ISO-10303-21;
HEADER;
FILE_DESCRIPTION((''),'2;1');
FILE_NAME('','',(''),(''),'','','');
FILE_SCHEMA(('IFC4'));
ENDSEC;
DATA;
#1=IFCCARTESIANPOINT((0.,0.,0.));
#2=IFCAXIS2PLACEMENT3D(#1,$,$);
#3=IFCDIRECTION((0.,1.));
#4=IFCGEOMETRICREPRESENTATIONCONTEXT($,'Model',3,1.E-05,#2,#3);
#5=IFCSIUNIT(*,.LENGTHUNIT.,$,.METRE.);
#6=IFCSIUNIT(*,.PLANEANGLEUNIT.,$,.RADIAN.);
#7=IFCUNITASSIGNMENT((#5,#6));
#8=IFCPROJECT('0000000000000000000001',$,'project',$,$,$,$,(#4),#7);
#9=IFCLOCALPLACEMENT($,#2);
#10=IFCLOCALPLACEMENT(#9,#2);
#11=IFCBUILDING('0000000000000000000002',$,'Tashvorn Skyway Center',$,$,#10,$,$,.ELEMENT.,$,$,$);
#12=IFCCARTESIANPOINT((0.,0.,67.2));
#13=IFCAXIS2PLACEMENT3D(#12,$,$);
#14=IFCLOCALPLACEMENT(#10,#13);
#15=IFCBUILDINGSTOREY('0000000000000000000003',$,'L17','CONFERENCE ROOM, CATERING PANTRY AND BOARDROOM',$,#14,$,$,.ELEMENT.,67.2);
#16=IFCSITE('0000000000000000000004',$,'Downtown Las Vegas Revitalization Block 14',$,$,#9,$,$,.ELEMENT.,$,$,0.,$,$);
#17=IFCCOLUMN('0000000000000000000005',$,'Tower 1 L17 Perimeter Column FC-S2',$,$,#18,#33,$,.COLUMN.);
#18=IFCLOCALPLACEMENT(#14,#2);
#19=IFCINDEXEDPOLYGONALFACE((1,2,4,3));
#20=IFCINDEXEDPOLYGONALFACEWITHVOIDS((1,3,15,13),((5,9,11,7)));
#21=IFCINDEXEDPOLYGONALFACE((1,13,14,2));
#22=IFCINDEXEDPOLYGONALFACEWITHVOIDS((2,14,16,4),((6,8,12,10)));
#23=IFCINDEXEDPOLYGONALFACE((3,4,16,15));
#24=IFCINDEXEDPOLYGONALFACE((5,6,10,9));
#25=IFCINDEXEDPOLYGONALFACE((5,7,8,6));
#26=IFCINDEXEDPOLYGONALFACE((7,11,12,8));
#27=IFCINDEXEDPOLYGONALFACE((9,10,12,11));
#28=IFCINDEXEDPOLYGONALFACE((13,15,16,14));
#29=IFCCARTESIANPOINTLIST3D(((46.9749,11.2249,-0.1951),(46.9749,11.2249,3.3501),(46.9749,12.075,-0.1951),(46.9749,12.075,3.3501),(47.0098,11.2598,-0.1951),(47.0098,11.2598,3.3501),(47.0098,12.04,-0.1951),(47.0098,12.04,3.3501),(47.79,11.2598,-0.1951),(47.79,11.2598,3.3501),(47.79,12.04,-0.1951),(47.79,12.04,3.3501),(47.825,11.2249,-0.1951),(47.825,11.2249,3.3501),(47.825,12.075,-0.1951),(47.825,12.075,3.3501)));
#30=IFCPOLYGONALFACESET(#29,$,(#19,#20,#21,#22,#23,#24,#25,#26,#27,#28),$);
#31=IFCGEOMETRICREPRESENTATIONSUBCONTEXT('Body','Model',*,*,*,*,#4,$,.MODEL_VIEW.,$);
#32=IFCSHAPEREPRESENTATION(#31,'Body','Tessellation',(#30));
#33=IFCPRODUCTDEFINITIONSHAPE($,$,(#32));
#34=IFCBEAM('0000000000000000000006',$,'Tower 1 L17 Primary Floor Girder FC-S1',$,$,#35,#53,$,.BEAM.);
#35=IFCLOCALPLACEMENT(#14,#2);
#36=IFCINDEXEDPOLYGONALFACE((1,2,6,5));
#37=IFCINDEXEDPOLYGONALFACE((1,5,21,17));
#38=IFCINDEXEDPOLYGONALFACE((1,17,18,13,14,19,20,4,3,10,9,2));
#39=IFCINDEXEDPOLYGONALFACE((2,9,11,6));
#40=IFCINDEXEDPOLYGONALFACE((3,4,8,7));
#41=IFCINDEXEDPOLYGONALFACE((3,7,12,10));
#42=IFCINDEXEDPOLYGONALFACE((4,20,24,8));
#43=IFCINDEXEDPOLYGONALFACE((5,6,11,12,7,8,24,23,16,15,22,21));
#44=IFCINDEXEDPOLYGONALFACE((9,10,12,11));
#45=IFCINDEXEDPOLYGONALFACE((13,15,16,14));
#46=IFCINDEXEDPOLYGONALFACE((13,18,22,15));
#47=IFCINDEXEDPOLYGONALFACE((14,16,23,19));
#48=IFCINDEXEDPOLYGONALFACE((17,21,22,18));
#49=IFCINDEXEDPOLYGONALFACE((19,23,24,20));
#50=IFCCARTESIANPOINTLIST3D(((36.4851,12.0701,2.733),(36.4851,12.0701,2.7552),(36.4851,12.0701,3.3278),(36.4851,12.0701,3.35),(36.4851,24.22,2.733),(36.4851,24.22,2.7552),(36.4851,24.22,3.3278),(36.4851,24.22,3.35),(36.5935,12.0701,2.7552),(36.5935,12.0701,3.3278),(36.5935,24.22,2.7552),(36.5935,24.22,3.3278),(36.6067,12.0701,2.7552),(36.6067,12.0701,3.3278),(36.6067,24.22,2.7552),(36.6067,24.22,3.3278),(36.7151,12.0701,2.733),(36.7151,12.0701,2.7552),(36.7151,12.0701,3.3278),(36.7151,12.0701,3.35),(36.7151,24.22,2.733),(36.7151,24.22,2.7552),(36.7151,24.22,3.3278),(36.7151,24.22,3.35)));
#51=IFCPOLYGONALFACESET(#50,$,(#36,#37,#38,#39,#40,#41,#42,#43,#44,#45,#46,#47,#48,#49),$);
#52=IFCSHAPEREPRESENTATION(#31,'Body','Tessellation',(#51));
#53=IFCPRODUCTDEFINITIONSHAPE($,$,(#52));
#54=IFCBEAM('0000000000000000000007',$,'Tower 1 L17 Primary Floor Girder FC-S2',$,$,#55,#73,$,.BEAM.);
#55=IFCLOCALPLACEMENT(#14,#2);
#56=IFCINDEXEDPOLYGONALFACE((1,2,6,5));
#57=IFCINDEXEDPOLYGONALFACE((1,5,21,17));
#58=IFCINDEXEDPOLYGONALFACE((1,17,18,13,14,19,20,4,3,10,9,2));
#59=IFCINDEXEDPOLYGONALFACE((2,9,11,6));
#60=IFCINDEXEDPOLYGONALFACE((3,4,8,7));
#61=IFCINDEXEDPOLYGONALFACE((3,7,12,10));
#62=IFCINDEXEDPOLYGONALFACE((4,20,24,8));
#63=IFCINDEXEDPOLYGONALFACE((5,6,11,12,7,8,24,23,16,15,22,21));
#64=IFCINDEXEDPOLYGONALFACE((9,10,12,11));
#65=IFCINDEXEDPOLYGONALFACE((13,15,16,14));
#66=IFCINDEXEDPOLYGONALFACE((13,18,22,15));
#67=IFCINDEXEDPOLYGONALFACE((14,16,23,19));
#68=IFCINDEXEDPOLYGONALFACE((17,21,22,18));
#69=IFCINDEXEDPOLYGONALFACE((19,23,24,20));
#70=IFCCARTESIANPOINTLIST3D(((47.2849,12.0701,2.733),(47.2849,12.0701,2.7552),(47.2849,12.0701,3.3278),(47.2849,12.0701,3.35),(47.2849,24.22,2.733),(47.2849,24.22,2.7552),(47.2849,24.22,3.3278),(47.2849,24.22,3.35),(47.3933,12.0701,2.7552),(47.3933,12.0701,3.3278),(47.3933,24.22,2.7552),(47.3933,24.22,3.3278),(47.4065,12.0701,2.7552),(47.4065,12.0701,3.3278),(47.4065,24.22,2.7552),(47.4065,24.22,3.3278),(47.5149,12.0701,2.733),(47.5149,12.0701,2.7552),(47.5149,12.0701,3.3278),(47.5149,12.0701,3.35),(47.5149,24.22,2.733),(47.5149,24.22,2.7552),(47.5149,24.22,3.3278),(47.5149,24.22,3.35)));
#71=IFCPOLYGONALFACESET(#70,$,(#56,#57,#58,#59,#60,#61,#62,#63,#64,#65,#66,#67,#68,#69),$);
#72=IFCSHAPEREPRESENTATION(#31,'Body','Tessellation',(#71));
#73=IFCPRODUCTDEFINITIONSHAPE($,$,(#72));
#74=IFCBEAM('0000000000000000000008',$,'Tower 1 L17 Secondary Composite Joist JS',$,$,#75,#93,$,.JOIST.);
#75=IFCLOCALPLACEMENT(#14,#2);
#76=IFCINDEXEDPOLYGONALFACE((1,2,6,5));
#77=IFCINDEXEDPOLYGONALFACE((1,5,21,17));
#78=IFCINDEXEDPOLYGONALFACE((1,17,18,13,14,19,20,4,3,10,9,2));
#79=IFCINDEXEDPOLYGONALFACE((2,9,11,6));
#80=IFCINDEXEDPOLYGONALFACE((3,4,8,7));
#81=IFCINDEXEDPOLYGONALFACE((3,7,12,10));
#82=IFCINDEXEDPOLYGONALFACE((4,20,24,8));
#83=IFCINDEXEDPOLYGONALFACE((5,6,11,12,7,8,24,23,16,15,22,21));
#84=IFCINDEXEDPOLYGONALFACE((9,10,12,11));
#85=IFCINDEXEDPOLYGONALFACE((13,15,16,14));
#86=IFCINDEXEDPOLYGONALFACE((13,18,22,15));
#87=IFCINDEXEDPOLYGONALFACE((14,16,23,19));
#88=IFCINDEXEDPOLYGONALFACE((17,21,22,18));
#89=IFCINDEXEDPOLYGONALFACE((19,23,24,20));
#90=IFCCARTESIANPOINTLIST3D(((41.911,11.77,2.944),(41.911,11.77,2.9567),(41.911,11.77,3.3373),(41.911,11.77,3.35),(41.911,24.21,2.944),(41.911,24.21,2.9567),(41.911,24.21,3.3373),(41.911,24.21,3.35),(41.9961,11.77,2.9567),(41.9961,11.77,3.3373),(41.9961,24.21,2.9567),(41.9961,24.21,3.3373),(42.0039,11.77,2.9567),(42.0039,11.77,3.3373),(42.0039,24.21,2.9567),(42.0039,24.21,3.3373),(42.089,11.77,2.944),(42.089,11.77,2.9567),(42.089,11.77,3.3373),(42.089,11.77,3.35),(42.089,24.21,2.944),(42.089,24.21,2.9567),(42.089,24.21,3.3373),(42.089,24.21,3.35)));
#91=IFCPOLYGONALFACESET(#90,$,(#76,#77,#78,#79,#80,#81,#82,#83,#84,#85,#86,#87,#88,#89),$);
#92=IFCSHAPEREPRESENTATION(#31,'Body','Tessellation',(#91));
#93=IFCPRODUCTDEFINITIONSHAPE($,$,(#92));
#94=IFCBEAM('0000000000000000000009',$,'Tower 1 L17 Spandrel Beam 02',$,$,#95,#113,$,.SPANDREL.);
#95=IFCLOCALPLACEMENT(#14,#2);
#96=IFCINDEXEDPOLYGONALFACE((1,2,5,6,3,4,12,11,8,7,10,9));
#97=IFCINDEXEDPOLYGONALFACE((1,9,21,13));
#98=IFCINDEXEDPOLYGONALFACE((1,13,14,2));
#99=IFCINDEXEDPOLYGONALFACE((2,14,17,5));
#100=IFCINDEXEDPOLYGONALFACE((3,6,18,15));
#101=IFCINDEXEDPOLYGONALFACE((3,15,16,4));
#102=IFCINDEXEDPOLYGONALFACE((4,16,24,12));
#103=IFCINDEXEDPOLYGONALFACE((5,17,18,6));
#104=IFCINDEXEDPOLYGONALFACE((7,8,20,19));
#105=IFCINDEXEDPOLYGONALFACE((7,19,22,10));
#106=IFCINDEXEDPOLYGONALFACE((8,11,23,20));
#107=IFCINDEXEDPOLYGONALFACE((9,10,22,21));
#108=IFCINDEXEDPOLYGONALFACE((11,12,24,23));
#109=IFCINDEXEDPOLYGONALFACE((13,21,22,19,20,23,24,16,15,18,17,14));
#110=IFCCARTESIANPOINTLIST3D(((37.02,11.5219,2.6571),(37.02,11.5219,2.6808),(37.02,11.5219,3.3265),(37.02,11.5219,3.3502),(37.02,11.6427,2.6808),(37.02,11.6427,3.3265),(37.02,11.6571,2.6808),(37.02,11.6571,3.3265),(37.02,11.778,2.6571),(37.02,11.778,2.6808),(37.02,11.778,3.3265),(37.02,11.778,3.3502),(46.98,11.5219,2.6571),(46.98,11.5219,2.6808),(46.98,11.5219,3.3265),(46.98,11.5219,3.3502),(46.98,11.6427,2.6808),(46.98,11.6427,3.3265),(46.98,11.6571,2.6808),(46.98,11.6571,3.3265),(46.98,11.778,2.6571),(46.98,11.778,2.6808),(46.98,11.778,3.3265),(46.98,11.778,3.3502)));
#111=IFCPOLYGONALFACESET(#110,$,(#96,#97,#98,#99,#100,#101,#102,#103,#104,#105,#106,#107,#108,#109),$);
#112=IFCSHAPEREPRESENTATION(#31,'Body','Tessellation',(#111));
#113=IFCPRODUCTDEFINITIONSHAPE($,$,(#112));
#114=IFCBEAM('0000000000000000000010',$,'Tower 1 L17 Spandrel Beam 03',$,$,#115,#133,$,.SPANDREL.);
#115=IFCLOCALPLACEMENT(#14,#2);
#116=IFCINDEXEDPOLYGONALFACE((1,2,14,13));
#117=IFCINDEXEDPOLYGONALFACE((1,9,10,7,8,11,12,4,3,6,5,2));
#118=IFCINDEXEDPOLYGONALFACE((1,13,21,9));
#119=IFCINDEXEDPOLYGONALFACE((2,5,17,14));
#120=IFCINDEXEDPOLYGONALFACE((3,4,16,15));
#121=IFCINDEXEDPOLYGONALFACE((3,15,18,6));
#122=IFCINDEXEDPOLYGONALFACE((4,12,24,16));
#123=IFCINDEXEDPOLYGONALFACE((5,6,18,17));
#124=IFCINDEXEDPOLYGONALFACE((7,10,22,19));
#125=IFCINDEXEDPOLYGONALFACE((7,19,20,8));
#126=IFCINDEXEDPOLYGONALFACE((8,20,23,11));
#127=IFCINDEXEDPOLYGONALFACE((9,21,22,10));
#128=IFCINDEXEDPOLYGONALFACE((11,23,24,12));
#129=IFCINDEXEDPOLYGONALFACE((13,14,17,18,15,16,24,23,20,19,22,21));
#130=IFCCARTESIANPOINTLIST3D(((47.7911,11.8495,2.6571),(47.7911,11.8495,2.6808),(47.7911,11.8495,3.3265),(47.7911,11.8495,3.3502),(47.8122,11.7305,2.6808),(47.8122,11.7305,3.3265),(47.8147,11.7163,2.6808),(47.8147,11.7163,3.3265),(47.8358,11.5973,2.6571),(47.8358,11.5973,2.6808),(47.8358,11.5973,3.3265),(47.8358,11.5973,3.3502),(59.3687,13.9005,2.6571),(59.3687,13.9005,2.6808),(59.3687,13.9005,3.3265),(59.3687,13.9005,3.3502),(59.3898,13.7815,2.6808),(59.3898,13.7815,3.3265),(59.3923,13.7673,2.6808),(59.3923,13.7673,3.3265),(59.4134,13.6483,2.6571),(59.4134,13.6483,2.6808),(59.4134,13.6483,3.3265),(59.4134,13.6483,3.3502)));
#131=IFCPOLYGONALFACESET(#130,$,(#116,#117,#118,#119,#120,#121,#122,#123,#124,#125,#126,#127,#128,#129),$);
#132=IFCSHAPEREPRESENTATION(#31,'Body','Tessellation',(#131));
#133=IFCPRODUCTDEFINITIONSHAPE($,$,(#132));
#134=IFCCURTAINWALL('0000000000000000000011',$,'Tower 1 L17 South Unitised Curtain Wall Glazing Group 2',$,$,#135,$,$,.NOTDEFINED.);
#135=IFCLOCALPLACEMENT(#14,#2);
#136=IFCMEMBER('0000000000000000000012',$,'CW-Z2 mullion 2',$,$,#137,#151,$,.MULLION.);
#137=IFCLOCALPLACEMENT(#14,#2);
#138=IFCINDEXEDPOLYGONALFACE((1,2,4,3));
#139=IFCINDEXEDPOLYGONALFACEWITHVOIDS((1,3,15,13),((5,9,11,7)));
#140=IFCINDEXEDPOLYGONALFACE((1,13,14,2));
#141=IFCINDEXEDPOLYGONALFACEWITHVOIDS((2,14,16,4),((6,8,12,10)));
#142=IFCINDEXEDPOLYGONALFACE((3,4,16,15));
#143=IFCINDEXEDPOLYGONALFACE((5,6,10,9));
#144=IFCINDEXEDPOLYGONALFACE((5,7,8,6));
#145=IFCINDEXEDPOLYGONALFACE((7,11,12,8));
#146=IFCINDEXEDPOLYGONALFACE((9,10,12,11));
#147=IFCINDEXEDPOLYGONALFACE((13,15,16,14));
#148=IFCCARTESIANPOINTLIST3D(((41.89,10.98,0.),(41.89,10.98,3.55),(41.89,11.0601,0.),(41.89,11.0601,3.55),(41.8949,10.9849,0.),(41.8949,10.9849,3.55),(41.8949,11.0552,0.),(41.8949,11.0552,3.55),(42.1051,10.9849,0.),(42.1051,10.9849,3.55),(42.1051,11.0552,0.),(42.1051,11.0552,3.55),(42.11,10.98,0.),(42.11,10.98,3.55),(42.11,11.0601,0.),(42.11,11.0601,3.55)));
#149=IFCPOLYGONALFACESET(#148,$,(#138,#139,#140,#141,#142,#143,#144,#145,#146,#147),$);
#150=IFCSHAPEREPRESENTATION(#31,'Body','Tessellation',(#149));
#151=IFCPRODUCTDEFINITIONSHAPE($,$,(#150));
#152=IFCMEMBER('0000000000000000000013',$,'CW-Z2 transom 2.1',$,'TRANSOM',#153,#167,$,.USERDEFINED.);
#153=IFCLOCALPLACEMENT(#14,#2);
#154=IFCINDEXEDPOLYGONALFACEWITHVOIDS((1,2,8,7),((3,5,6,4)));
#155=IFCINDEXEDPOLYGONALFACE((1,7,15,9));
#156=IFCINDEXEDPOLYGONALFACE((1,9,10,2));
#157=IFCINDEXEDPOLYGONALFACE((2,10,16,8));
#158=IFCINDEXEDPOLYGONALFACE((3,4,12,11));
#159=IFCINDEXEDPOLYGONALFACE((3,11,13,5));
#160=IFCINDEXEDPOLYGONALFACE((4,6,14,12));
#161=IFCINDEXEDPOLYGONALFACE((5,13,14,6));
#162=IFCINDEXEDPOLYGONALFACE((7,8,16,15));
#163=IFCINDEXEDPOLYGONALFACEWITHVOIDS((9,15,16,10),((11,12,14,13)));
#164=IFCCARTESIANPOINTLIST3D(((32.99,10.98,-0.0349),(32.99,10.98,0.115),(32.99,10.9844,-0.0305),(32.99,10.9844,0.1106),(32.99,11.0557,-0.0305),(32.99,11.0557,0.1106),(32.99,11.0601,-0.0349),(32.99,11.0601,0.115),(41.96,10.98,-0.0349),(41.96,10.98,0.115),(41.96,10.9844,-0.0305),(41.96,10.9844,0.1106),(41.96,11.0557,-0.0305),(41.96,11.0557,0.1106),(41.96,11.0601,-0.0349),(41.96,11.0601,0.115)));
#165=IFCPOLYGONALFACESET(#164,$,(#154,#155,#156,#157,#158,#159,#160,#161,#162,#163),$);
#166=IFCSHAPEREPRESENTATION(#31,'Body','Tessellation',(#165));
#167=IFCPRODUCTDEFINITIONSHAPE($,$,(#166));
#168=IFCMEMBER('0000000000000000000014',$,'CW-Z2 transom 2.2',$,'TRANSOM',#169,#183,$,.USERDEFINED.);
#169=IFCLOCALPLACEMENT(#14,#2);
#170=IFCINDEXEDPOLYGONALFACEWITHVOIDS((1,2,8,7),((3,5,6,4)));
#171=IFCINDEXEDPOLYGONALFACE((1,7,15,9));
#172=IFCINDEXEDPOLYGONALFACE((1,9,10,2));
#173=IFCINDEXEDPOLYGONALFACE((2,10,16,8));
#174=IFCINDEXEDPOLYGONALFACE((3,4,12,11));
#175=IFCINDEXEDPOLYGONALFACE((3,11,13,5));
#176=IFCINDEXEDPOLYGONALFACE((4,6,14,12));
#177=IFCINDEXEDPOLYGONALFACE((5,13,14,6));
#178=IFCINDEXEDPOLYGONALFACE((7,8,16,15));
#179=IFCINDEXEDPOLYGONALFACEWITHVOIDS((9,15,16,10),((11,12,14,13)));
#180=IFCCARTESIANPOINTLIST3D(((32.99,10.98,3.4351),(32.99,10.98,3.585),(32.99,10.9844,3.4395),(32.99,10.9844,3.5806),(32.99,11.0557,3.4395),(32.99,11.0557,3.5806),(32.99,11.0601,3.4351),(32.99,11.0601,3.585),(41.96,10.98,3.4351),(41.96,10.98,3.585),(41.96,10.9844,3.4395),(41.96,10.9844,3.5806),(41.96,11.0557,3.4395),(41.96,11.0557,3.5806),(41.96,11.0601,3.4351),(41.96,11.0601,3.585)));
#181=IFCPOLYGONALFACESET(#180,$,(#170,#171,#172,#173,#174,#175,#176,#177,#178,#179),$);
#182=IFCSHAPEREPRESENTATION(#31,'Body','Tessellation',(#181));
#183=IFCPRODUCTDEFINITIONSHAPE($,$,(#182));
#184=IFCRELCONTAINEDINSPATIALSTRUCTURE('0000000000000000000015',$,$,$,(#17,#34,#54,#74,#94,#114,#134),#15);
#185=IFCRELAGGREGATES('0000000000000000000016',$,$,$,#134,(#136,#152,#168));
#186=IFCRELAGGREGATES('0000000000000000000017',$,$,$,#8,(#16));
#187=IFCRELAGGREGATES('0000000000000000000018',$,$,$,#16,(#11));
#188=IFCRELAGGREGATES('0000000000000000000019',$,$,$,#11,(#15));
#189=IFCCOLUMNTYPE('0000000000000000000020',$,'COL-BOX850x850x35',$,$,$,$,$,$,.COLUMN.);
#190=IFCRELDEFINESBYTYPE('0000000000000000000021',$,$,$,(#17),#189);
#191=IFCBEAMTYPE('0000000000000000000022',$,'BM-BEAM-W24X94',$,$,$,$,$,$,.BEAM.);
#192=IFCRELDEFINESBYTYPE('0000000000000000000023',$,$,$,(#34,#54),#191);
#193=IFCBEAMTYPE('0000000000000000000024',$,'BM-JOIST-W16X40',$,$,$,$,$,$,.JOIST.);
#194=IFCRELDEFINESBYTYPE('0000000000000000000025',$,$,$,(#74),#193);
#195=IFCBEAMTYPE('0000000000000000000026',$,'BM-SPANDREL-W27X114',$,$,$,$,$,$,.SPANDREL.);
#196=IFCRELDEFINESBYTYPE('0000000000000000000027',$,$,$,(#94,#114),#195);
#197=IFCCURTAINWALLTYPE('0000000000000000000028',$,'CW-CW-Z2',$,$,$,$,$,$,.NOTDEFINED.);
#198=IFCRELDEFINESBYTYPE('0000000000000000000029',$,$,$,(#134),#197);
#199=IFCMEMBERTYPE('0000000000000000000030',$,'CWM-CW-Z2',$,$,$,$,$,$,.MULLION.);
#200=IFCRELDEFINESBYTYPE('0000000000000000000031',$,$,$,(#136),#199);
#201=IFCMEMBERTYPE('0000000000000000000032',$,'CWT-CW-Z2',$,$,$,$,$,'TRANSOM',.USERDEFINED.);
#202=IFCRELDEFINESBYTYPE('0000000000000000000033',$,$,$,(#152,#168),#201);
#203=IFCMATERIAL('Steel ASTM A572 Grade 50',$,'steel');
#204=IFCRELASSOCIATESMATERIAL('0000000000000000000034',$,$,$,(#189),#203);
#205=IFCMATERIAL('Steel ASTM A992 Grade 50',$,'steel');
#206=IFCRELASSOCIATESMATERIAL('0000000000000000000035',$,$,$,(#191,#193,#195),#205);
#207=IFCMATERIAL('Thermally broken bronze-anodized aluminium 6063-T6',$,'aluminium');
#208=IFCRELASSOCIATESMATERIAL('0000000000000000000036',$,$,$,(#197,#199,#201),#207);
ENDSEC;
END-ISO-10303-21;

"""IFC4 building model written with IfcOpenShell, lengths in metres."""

from ifc_helpers import new_model, si_unit, direction, frame, origin, origin_2d, place, context, subcontext, project, spatial, hollow_rectangle, i_section, extrude, material, material_profile, profile_set, type_object, element, aggregate, save


model = new_model("IFC4")

# Units and contexts
model_context = context("Model", 3, precision=1e-05, world=origin(), true_north=direction((0.0, 1.0)))
body_context = subcontext(model_context, "Body", "Model", "MODEL_VIEW")
ifc_project = project(units=[si_unit("LENGTHUNIT", "METRE"), si_unit("PLANEANGLEUNIT", "RADIAN")], contexts=[model_context])

# Site, building, storey
site_placement = place(None, origin())
site = spatial("IfcSite", under=ifc_project, at=site_placement, Name="Downtown Las Vegas Revitalization Block 14", CompositionType="ELEMENT", RefElevation=0.0)
building_placement = place(site_placement, origin())
building = spatial("IfcBuilding", under=site, at=building_placement, Name="Tashvorn Skyway Center", CompositionType="ELEMENT")
storey_placement = place(building_placement, frame((0.0, 0.0, 67.2)))
storey = spatial("IfcBuildingStorey", under=building, at=storey_placement, Name="L17", Description="CONFERENCE ROOM, CATERING PANTRY AND BOARDROOM", CompositionType="ELEMENT", Elevation=67.2)

# Column
ifc_material_1 = material(Name="Steel ASTM A572 Grade 50", Category="steel")
ifc_material_profile_1 = material_profile(ifc_material_1, hollow_rectangle(XDim=0.8501, YDim=0.8501, WallThickness=0.0349, at=origin_2d()), Name="BOX850x850x35")
ifc_profile_set_1 = profile_set([ifc_material_profile_1], Name="Steel ASTM A572 Grade 50")
column_type = type_object("IfcColumnType", Name="COL-BOX850x850x35", PredefinedType="COLUMN", material=ifc_profile_set_1)
column_placement = place(storey_placement, frame((47.3999, 11.6499, -0.1951), z_axis=(0.0, 0.0, 1.0), x_axis=(1.0, 0.0, 0.0)))
element("IfcColumn", 1, at=column_placement, inside=storey, type_object=column_type, Name="Tower 1 L17 Perimeter Column FC-S2", PredefinedType="COLUMN", context=body_context, shape_type="SweptSolid", body=[
    extrude(hollow_rectangle(XDim=0.8501, YDim=0.8501, WallThickness=0.0349, at=origin_2d()), origin(), (0.0, 0.0, 1.0), 3.5452),
])

# Beams
ifc_material_2 = material(Name="Steel ASTM A992 Grade 50", Category="steel")
ifc_material_profile_2 = material_profile(ifc_material_2, i_section(OverallWidth=0.23, OverallDepth=0.6169, WebThickness=0.0132, FlangeThickness=0.0222, at=origin_2d()), Name="W24X94")
ifc_profile_set_2 = profile_set([ifc_material_profile_2], Name="Steel ASTM A992 Grade 50")
beam_type_1 = type_object("IfcBeamType", Name="BM-BEAM-W24X94", PredefinedType="BEAM", material=ifc_profile_set_2)
for number, where, z_axis, x_axis, name in (
    (2, (36.6001, 12.0701, 3.0415), (0.0, 1.0, 0.0), (-1.0, 0.0, 0.0), "Tower 1 L17 Primary Floor Girder FC-S1"),
    (3, (47.3999, 12.0701, 3.0415), (0.0, 1.0, 0.0), (-1.0, 0.0, 0.0), "Tower 1 L17 Primary Floor Girder FC-S2"),
):
    element("IfcBeam", number, at=place(storey_placement, frame(where, z_axis=z_axis, x_axis=x_axis)), inside=storey, type_object=beam_type_1, Name=name, PredefinedType="BEAM", context=body_context, shape_type="SweptSolid", body=[
        extrude(i_section(OverallWidth=0.23, OverallDepth=0.6169, WebThickness=0.0132, FlangeThickness=0.0222, at=origin_2d()), origin(), (0.0, 0.0, 1.0), 12.1499),
    ])
ifc_material_profile_3 = material_profile(ifc_material_2, i_section(OverallWidth=0.178, OverallDepth=0.406, WebThickness=0.0078, FlangeThickness=0.0127, at=origin_2d()), Name="W16X40")
ifc_profile_set_3 = profile_set([ifc_material_profile_3], Name="Steel ASTM A992 Grade 50")
beam_type_2 = type_object("IfcBeamType", Name="BM-JOIST-W16X40", PredefinedType="JOIST", material=ifc_profile_set_3)
beam_1_placement = place(storey_placement, frame((42.0, 24.21, 3.147), z_axis=(0.0, -1.0, 0.0), x_axis=(1.0, 0.0, 0.0)))
element("IfcBeam", 4, at=beam_1_placement, inside=storey, type_object=beam_type_2, Name="Tower 1 L17 Secondary Composite Joist JS", PredefinedType="JOIST", context=body_context, shape_type="SweptSolid", body=[
    extrude(i_section(OverallWidth=0.178, OverallDepth=0.406, WebThickness=0.0078, FlangeThickness=0.0127, at=origin_2d()), origin(), (0.0, 0.0, 1.0), 12.4399),
])
ifc_material_profile_4 = material_profile(ifc_material_2, i_section(OverallWidth=0.2561, OverallDepth=0.6931, WebThickness=0.0144, FlangeThickness=0.0237, at=origin_2d()), Name="W27X114")
ifc_profile_set_4 = profile_set([ifc_material_profile_4], Name="Steel ASTM A992 Grade 50")
beam_type_3 = type_object("IfcBeamType", Name="BM-SPANDREL-W27X114", PredefinedType="SPANDREL", material=ifc_profile_set_4)
beam_2_placement = place(storey_placement, frame((37.02, 11.6499, 3.0037), z_axis=(1.0, 0.0, 0.0), x_axis=(0.0, 1.0, 0.0)))
element("IfcBeam", 5, at=beam_2_placement, inside=storey, type_object=beam_type_3, Name="Tower 1 L17 Spandrel Beam 02", PredefinedType="SPANDREL", context=body_context, shape_type="SweptSolid", body=[
    extrude(i_section(OverallWidth=0.2561, OverallDepth=0.6931, WebThickness=0.0144, FlangeThickness=0.0237, at=origin_2d()), origin(), (0.0, 0.0, 1.0), 9.96),
])
beam_3_placement = place(storey_placement, frame((47.8135, 11.7234, 3.0037), z_axis=(0.984668, 0.174438, 0.0), x_axis=(-0.174438, 0.984668, 0.0)))
element("IfcBeam", 6, at=beam_3_placement, inside=storey, type_object=beam_type_3, Name="Tower 1 L17 Spandrel Beam 03", PredefinedType="SPANDREL", context=body_context, shape_type="SweptSolid", body=[
    extrude(i_section(OverallWidth=0.2561, OverallDepth=0.6931, WebThickness=0.0144, FlangeThickness=0.0237, at=origin_2d()), origin(), (0.0, 0.0, 1.0), 11.7578),
])

# Curtain wall, members
ifc_material_3 = material(Name="Thermally broken bronze-anodized aluminium 6063-T6", Category="aluminium")
curtain_wall_type = type_object("IfcCurtainWallType", Name="CW-CW-Z2", PredefinedType="NOTDEFINED", material=ifc_material_3)
curtain_wall_placement = place(storey_placement, origin())
curtain_wall = element("IfcCurtainWall", 7, at=curtain_wall_placement, inside=storey, type_object=curtain_wall_type, Name="Tower 1 L17 South Unitised Curtain Wall Glazing Group 2", PredefinedType="NOTDEFINED")
ifc_material_profile_5 = material_profile(ifc_material_3, hollow_rectangle(XDim=0.0801, YDim=0.22, WallThickness=0.0049, at=origin_2d()), Name="ALU-MULL-80x220")
ifc_profile_set_5 = profile_set([ifc_material_profile_5], Name="Thermally broken bronze-anodized aluminium 6063-T6")
member_type_1 = type_object("IfcMemberType", Name="CWM-CW-Z2", PredefinedType="MULLION", material=ifc_profile_set_5)
member_1_placement = place(storey_placement, frame((42.0, 11.02, 0.0), z_axis=(0.0, 0.0, 1.0), x_axis=(0.0, -1.0, 0.0)))
member_1 = element("IfcMember", 8, at=member_1_placement, type_object=member_type_1, Name="CW-Z2 mullion 2", PredefinedType="MULLION", context=body_context, shape_type="SweptSolid", body=[
    extrude(hollow_rectangle(XDim=0.0801, YDim=0.22, WallThickness=0.0049, at=origin_2d()), origin(), (0.0, 0.0, 1.0), 3.55),
])
ifc_material_profile_6 = material_profile(ifc_material_3, hollow_rectangle(XDim=0.0801, YDim=0.1499, WallThickness=0.0044, at=origin_2d()), Name="ALU-TRAN-80x150")
ifc_profile_set_6 = profile_set([ifc_material_profile_6], Name="Thermally broken bronze-anodized aluminium 6063-T6")
member_type_2 = type_object("IfcMemberType", Name="CWT-CW-Z2", ElementType="TRANSOM", PredefinedType="USERDEFINED", material=ifc_profile_set_6)
member_2_placement = place(storey_placement, frame((41.96, 11.02, 0.04), z_axis=(-1.0, 0.0, 0.0), x_axis=(0.0, -1.0, 0.0)))
member_2 = element("IfcMember", 9, at=member_2_placement, type_object=member_type_2, Name="CW-Z2 transom 2.1", ObjectType="TRANSOM", PredefinedType="USERDEFINED", context=body_context, shape_type="SweptSolid", body=[
    extrude(hollow_rectangle(XDim=0.0801, YDim=0.1499, WallThickness=0.0044, at=origin_2d()), origin(), (0.0, 0.0, 1.0), 8.97),
])
member_3_placement = place(storey_placement, frame((41.96, 11.02, 3.51), z_axis=(-1.0, 0.0, 0.0), x_axis=(0.0, -1.0, 0.0)))
member_3 = element("IfcMember", 10, at=member_3_placement, type_object=member_type_2, Name="CW-Z2 transom 2.2", ObjectType="TRANSOM", PredefinedType="USERDEFINED", context=body_context, shape_type="SweptSolid", body=[
    extrude(hollow_rectangle(XDim=0.0801, YDim=0.1499, WallThickness=0.0044, at=origin_2d()), origin(), (0.0, 0.0, 1.0), 8.97),
])
aggregate(curtain_wall, [member_1, member_2, member_3])

save(model, "model.ifc")
